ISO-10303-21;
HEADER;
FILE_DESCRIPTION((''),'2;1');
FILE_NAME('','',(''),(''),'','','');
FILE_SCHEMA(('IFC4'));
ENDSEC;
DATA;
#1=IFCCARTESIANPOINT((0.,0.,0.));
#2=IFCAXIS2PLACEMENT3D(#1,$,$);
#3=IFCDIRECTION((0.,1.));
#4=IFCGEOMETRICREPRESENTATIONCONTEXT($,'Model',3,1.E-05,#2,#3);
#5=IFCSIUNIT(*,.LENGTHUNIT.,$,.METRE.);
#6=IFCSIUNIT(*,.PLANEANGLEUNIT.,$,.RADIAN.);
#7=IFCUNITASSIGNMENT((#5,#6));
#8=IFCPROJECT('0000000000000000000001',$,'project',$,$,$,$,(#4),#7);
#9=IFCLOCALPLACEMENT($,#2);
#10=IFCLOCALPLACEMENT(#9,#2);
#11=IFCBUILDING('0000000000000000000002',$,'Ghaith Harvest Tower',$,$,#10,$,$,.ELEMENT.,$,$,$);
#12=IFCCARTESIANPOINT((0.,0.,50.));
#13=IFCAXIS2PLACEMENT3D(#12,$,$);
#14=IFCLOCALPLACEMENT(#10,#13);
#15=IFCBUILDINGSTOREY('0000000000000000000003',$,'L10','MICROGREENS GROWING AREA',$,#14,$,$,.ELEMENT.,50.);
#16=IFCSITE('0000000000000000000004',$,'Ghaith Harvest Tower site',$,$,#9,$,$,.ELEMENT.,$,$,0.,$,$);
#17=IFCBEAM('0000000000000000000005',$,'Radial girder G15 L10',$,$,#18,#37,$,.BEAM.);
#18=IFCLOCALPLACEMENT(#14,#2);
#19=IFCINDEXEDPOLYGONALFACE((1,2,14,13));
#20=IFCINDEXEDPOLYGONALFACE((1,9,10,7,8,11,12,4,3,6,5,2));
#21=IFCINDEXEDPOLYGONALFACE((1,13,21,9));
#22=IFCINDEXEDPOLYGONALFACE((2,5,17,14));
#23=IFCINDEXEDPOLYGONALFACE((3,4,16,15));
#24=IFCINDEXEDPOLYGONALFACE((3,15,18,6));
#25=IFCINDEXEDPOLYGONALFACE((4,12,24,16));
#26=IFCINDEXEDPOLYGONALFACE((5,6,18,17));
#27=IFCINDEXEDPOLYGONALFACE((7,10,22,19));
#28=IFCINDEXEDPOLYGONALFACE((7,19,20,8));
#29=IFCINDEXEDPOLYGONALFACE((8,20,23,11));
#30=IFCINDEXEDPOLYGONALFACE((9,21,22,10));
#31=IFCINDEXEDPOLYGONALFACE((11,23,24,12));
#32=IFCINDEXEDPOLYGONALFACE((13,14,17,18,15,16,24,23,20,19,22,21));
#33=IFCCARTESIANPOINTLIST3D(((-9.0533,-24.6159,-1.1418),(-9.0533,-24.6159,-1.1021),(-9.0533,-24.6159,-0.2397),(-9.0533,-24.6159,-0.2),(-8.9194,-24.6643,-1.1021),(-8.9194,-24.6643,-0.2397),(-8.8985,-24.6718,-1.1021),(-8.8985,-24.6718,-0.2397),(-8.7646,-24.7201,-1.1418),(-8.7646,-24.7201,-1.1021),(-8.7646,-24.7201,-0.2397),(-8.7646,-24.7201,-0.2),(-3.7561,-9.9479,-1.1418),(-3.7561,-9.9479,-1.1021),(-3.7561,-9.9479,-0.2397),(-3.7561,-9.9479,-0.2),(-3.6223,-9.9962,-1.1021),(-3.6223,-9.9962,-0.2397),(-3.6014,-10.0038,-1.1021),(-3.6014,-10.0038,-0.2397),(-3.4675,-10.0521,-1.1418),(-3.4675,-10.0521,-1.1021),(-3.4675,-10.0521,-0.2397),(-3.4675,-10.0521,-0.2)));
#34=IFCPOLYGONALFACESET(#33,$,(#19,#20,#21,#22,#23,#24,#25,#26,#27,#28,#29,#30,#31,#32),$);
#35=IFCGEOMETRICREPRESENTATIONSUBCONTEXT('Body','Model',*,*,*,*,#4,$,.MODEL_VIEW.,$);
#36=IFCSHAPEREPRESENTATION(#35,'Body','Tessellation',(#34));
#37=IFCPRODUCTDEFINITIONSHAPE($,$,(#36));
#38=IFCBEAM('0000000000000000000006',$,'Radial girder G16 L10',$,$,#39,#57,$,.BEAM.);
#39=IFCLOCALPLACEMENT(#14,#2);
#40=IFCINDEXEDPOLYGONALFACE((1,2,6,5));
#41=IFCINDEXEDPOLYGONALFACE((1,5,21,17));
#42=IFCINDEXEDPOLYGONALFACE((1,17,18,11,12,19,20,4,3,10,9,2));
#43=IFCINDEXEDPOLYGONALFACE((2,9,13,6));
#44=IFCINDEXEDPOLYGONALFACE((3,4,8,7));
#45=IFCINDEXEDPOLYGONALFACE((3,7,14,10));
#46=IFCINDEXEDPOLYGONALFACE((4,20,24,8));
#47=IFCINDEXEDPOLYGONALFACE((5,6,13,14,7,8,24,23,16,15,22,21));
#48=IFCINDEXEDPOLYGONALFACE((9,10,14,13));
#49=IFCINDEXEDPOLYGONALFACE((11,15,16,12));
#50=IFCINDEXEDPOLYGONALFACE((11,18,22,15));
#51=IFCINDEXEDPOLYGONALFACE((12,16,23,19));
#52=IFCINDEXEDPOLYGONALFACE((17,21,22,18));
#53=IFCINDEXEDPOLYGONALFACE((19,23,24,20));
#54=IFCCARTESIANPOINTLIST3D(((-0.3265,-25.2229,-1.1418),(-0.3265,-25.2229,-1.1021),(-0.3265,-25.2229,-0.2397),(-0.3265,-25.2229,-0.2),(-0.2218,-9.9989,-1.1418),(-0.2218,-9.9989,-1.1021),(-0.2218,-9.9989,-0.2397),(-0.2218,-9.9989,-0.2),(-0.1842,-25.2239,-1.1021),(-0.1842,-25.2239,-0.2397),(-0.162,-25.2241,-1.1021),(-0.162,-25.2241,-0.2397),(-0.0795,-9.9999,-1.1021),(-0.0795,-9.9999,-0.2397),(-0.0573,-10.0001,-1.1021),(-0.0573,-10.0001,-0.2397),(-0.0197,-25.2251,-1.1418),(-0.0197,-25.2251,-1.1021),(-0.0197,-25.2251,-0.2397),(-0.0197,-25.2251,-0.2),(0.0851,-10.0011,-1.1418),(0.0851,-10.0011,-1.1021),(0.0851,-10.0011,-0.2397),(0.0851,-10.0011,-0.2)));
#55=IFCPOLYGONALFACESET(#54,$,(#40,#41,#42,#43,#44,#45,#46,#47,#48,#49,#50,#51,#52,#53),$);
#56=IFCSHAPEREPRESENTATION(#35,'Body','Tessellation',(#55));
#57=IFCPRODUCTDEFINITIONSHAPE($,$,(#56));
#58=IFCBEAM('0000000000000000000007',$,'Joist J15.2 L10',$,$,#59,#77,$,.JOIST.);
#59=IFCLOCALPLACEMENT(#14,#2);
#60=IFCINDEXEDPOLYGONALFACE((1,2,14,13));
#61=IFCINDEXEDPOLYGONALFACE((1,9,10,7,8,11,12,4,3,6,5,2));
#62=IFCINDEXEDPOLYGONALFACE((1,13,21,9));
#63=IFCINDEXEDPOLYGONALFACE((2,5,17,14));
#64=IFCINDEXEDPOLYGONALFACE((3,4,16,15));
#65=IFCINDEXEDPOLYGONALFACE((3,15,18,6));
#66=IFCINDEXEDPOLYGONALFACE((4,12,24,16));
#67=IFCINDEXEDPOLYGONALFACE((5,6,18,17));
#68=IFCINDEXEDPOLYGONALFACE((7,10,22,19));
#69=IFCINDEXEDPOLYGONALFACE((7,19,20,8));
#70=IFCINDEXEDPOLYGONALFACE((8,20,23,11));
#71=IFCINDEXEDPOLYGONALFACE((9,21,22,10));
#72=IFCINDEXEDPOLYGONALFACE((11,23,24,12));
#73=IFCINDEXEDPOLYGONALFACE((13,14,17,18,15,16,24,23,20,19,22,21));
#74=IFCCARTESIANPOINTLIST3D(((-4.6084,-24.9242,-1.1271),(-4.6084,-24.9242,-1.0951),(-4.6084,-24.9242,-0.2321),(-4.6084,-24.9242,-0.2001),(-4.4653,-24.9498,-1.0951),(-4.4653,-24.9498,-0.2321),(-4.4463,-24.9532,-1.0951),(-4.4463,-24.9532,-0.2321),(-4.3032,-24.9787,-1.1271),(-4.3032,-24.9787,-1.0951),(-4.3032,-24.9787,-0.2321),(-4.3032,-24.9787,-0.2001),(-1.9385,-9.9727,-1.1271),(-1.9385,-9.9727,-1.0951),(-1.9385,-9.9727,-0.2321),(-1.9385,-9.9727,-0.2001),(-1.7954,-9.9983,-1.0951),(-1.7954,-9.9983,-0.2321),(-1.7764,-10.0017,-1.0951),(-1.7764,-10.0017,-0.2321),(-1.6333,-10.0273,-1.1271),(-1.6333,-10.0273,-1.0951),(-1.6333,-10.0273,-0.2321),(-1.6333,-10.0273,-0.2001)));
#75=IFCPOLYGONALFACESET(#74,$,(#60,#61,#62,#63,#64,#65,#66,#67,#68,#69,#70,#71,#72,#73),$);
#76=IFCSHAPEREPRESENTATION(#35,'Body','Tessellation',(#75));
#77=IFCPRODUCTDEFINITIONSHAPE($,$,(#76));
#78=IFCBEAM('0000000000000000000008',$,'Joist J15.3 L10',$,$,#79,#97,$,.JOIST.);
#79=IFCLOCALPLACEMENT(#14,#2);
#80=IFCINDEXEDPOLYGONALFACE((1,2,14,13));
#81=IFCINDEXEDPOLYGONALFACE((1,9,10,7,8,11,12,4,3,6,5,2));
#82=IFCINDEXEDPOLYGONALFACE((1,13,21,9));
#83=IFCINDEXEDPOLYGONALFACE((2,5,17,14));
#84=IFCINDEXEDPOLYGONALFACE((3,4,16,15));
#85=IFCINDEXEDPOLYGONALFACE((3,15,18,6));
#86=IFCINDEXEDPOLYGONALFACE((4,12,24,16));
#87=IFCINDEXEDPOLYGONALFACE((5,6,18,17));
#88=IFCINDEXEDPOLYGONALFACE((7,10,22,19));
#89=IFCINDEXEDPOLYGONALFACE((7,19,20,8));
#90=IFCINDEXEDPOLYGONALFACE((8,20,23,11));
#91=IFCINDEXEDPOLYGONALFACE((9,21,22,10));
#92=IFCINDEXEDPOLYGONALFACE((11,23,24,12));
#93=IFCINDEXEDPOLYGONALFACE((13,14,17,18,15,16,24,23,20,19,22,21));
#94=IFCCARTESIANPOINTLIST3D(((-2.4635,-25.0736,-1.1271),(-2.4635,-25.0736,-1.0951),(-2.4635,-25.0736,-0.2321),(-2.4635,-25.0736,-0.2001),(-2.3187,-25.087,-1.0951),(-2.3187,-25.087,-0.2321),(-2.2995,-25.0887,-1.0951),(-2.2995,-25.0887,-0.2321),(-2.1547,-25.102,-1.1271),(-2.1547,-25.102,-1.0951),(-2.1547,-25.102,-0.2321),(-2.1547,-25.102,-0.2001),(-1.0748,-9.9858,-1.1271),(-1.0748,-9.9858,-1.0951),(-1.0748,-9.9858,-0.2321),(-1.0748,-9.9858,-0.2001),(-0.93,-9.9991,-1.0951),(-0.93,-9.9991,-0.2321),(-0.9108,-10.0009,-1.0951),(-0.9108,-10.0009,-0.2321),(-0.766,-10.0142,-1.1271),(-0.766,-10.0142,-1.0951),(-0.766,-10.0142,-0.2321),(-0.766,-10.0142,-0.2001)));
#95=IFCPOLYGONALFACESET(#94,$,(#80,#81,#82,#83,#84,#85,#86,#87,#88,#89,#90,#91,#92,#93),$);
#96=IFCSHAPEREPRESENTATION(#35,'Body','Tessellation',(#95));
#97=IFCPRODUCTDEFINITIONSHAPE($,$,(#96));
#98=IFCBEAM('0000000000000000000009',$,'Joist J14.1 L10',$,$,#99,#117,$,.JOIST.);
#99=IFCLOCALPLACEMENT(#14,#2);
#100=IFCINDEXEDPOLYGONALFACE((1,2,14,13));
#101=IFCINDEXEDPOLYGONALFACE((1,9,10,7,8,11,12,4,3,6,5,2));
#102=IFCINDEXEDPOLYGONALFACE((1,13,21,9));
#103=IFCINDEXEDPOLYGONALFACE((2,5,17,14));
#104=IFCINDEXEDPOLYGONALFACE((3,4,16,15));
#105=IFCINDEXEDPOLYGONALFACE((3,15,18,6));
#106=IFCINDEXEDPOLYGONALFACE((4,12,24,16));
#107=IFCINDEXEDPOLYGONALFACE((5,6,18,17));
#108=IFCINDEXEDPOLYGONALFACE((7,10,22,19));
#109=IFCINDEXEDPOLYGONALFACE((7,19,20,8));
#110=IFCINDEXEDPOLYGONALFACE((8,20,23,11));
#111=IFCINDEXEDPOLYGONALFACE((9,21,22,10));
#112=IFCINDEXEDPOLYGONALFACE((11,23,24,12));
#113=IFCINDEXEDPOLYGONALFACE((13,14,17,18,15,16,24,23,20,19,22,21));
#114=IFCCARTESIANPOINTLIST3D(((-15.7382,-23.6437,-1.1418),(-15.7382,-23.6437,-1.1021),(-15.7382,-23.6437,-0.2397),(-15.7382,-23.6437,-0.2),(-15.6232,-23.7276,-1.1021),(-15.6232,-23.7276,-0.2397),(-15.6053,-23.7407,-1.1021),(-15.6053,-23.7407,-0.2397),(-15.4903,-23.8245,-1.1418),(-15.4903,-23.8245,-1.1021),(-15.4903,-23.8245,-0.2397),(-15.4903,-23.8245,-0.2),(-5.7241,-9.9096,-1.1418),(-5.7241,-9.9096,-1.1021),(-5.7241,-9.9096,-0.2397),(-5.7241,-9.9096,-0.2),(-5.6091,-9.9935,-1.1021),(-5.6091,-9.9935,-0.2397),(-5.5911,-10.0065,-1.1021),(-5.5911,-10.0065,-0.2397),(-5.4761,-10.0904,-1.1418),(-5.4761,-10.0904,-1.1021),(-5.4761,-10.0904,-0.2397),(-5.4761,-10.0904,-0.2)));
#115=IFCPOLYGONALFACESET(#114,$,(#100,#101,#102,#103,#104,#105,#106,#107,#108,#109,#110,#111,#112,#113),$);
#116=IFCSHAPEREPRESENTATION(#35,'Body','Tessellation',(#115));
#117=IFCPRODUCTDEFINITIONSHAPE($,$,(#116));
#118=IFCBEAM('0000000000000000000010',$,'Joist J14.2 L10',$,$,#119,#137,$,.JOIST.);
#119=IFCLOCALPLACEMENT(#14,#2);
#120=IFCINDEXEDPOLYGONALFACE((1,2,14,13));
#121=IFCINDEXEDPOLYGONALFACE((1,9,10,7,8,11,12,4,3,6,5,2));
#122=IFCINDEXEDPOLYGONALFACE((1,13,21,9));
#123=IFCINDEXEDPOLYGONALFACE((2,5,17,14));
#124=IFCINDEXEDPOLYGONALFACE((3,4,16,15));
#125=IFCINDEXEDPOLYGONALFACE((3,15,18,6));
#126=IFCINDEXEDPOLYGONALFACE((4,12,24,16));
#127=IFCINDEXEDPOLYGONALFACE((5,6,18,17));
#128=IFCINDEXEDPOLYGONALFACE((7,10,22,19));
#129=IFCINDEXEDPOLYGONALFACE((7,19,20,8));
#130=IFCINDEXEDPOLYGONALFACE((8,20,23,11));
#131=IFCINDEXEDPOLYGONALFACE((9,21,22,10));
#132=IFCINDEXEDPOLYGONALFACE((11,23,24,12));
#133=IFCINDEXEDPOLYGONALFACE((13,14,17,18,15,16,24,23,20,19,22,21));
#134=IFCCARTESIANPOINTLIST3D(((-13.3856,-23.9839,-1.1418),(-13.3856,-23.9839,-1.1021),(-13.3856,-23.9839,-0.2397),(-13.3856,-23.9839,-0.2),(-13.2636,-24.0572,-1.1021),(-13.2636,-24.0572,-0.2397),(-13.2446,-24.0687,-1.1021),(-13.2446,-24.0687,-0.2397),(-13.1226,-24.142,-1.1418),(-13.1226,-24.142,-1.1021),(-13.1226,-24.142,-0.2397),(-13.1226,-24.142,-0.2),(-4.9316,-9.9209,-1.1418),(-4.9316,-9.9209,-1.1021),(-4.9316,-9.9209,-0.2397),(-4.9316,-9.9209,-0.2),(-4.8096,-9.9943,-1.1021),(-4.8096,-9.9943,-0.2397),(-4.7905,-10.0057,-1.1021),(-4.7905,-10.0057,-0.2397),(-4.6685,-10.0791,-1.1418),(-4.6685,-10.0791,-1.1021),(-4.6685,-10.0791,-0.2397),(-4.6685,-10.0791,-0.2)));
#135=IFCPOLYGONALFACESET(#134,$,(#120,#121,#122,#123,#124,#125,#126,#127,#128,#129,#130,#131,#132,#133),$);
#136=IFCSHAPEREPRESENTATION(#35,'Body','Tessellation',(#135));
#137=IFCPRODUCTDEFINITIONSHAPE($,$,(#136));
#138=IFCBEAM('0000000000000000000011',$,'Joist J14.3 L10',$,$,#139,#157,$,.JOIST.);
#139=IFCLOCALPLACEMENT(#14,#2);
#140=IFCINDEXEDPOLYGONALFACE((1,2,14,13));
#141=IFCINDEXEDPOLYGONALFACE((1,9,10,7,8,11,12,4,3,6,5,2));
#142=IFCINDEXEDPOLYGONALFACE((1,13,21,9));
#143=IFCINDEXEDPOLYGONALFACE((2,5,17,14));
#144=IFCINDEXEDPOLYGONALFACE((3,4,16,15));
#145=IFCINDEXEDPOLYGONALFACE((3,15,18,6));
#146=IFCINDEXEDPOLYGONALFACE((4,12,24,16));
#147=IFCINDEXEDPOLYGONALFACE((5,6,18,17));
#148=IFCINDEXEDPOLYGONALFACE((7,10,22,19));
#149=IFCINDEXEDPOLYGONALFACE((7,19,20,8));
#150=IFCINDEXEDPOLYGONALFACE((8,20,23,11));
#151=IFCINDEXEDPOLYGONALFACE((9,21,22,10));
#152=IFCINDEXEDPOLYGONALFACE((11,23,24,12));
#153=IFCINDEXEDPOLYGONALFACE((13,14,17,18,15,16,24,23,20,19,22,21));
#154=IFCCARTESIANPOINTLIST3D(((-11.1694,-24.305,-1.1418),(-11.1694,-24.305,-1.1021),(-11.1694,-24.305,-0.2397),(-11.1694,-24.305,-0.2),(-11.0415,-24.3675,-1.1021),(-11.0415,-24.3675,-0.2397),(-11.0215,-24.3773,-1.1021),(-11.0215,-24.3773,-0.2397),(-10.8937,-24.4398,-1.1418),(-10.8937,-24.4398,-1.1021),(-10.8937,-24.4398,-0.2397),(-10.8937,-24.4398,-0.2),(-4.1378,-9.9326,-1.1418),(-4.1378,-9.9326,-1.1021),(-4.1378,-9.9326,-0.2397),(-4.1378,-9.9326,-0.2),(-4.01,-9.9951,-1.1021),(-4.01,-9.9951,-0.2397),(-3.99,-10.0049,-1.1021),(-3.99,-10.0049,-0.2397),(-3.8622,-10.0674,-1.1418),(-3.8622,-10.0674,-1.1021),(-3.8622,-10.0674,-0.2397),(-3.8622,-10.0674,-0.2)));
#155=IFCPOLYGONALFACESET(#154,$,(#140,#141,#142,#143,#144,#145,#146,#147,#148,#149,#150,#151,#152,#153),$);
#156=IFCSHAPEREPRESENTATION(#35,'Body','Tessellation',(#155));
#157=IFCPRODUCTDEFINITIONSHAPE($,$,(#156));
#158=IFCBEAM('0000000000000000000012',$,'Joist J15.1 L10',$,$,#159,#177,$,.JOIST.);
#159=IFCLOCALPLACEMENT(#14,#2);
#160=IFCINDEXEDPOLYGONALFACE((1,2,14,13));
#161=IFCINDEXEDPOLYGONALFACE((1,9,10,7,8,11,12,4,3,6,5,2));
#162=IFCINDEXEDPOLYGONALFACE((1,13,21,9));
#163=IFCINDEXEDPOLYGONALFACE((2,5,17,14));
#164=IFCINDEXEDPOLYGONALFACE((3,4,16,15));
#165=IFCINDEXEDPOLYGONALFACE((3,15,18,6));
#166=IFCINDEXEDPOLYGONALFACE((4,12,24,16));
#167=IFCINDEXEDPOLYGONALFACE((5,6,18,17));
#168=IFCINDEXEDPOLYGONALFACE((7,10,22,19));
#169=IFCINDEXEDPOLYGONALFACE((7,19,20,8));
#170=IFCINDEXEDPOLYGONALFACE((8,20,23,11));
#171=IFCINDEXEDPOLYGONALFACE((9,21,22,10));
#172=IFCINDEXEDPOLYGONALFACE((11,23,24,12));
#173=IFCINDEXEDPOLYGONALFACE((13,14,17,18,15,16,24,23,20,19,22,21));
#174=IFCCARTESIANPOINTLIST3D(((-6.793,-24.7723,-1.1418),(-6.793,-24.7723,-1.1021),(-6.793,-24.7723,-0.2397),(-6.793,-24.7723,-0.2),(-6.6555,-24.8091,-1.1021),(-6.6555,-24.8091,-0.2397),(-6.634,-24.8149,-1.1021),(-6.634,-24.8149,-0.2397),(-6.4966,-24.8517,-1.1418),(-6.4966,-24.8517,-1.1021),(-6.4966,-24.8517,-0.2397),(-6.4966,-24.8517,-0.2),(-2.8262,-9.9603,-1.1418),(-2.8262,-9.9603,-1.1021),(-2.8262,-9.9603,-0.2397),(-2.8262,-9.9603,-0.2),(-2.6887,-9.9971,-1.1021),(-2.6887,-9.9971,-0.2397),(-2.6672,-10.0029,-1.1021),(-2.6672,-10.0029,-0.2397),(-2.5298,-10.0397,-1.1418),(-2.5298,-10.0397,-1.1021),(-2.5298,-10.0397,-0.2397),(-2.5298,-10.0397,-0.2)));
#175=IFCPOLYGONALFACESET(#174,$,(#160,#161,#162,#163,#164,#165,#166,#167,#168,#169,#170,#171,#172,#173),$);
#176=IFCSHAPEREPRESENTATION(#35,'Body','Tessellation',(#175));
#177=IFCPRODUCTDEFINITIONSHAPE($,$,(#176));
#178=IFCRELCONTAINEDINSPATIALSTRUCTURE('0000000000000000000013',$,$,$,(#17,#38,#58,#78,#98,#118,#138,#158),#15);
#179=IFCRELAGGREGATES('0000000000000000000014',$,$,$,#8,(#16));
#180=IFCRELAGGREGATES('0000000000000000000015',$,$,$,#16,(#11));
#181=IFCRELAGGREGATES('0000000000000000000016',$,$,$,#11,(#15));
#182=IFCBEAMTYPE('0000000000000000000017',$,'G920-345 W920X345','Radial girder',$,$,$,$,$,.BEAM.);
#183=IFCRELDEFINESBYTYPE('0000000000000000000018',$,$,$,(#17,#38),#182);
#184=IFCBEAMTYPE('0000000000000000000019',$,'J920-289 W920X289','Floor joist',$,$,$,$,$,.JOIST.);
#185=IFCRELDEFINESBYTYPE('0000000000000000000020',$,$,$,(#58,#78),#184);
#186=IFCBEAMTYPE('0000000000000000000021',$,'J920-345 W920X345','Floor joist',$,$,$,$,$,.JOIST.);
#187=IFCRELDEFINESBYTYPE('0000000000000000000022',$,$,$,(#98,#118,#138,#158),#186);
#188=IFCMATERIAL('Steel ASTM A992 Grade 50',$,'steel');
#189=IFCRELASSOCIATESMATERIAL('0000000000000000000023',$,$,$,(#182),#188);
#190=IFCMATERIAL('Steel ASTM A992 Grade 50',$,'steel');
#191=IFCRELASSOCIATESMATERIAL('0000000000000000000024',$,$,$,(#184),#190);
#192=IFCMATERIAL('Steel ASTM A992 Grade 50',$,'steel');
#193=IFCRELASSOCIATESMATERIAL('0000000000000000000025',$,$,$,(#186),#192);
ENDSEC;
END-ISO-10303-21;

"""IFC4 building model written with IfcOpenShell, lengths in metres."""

from ifc_helpers import new_model, si_unit, direction, frame, origin, origin_2d, place, context, subcontext, project, spatial, i_section, extrude, material, material_profile, profile_set, type_object, element, save


model = new_model("IFC4")

# Units and contexts
model_context = context("Model", 3, precision=1e-05, world=origin(), true_north=direction((0.0, 1.0)))
body_context = subcontext(model_context, "Body", "Model", "MODEL_VIEW")
ifc_project = project(units=[si_unit("LENGTHUNIT", "METRE"), si_unit("PLANEANGLEUNIT", "RADIAN")], contexts=[model_context])

# Site, building, storey
site_placement = place(None, origin())
site = spatial("IfcSite", under=ifc_project, at=site_placement, Name="Ghaith Harvest Tower site", CompositionType="ELEMENT", RefElevation=0.0)
building_placement = place(site_placement, origin())
building = spatial("IfcBuilding", under=site, at=building_placement, Name="Ghaith Harvest Tower", CompositionType="ELEMENT")
storey_placement = place(building_placement, frame((0.0, 0.0, 50.0)))
storey = spatial("IfcBuildingStorey", under=building, at=storey_placement, Name="L10", Description="MICROGREENS GROWING AREA", CompositionType="ELEMENT", Elevation=50.0)

# Beams
ifc_material_1 = material(Name="Steel ASTM A992 Grade 50", Category="steel")
ifc_material_profile_1 = material_profile(ifc_material_1, i_section(OverallWidth=0.3069, OverallDepth=0.9419, WebThickness=0.0222, FlangeThickness=0.0398, at=origin_2d()), Name="W920X345")
ifc_profile_set_1 = profile_set([ifc_material_profile_1], Name="Steel ASTM A992 Grade 50")
beam_type_1 = type_object("IfcBeamType", Name="G920-345 W920X345", Description="Radial girder", PredefinedType="BEAM", material=ifc_profile_set_1)
beam_1_placement = place(storey_placement, frame((-3.6118, -10.0, -0.6709), z_axis=(-0.339664, -0.940547, 0.0), x_axis=(0.940547, -0.339664, 0.0)))
element("IfcBeam", 1, at=beam_1_placement, inside=storey, type_object=beam_type_1, Name="Radial girder G15 L10", PredefinedType="BEAM", context=body_context, shape_type="SweptSolid", body=[
    extrude(i_section(OverallWidth=0.3069, OverallDepth=0.9419, WebThickness=0.0222, FlangeThickness=0.0398, at=origin_2d()), origin(), (0.0, 0.0, 1.0), 15.5952),
])
beam_2_placement = place(storey_placement, frame((-0.0684, -10.0, -0.6709), z_axis=(-0.006879, -0.999976, 0.0), x_axis=(0.999976, -0.006879, 0.0)))
element("IfcBeam", 2, at=beam_2_placement, inside=storey, type_object=beam_type_1, Name="Radial girder G16 L10", PredefinedType="BEAM", context=body_context, shape_type="SweptSolid", body=[
    extrude(i_section(OverallWidth=0.3069, OverallDepth=0.9419, WebThickness=0.0222, FlangeThickness=0.0398, at=origin_2d()), origin(), (0.0, 0.0, 1.0), 15.2244),
])
ifc_material_2 = material(Name="Steel ASTM A992 Grade 50", Category="steel")
ifc_material_profile_2 = material_profile(ifc_material_2, i_section(OverallWidth=0.3101, OverallDepth=0.927, WebThickness=0.0193, FlangeThickness=0.032, at=origin_2d()), Name="W920X289")
ifc_profile_set_2 = profile_set([ifc_material_profile_2], Name="Steel ASTM A992 Grade 50")
beam_type_2 = type_object("IfcBeamType", Name="J920-289 W920X289", Description="Floor joist", PredefinedType="JOIST", material=ifc_profile_set_2)
beam_3_placement = place(storey_placement, frame((-1.7859, -10.0, -0.6636), z_axis=(-0.175792, -0.984427, 0.0), x_axis=(0.984427, -0.175792, 0.0)))
element("IfcBeam", 3, at=beam_3_placement, inside=storey, type_object=beam_type_2, Name="Joist J15.2 L10", PredefinedType="JOIST", context=body_context, shape_type="SweptSolid", body=[
    extrude(i_section(OverallWidth=0.3101, OverallDepth=0.927, WebThickness=0.0193, FlangeThickness=0.032, at=origin_2d()), origin(), (0.0, 0.0, 1.0), 15.188),
])
beam_4_placement = place(storey_placement, frame((-0.9204, -10.0, -0.6636), z_axis=(-0.091651, -0.995791, 0.0), x_axis=(0.995791, -0.091651, 0.0)))
element("IfcBeam", 4, at=beam_4_placement, inside=storey, type_object=beam_type_2, Name="Joist J15.3 L10", PredefinedType="JOIST", context=body_context, shape_type="SweptSolid", body=[
    extrude(i_section(OverallWidth=0.3101, OverallDepth=0.927, WebThickness=0.0193, FlangeThickness=0.032, at=origin_2d()), origin(), (0.0, 0.0, 1.0), 15.1516),
])
ifc_material_3 = material(Name="Steel ASTM A992 Grade 50", Category="steel")
ifc_material_profile_3 = material_profile(ifc_material_3, i_section(OverallWidth=0.3069, OverallDepth=0.9419, WebThickness=0.0222, FlangeThickness=0.0398, at=origin_2d()), Name="W920X345")
ifc_profile_set_3 = profile_set([ifc_material_profile_3], Name="Steel ASTM A992 Grade 50")
beam_type_3 = type_object("IfcBeamType", Name="J920-345 W920X345", Description="Floor joist", PredefinedType="JOIST", material=ifc_profile_set_3)
beam_5_placement = place(storey_placement, frame((-5.6001, -10.0, -0.6709), z_axis=(-0.58916, -0.808016, 0.0), x_axis=(0.808016, -0.58916, 0.0)))
element("IfcBeam", 5, at=beam_5_placement, inside=storey, type_object=beam_type_3, Name="Joist J14.1 L10", PredefinedType="JOIST", context=body_context, shape_type="SweptSolid", body=[
    extrude(i_section(OverallWidth=0.3069, OverallDepth=0.9419, WebThickness=0.0222, FlangeThickness=0.0398, at=origin_2d()), origin(), (0.0, 0.0, 1.0), 16.9973),
])
beam_6_placement = place(storey_placement, frame((-4.8, -10.0, -0.6709), z_axis=(-0.515226, -0.857054, 0.0), x_axis=(0.857054, -0.515226, 0.0)))
element("IfcBeam", 6, at=beam_6_placement, inside=storey, type_object=beam_type_3, Name="Joist J14.2 L10", PredefinedType="JOIST", context=body_context, shape_type="SweptSolid", body=[
    extrude(i_section(OverallWidth=0.3069, OverallDepth=0.9419, WebThickness=0.0222, FlangeThickness=0.0398, at=origin_2d()), origin(), (0.0, 0.0, 1.0), 16.4084),
])
beam_7_placement = place(storey_placement, frame((-4.0, -10.0, -0.6709), z_axis=(-0.439464, -0.89826, 0.0), x_axis=(0.89826, -0.439464, 0.0)))
element("IfcBeam", 7, at=beam_7_placement, inside=storey, type_object=beam_type_3, Name="Joist J14.3 L10", PredefinedType="JOIST", context=body_context, shape_type="SweptSolid", body=[
    extrude(i_section(OverallWidth=0.3069, OverallDepth=0.9419, WebThickness=0.0222, FlangeThickness=0.0398, at=origin_2d()), origin(), (0.0, 0.0, 1.0), 16.0002),
])
beam_8_placement = place(storey_placement, frame((-2.678, -10.0, -0.6709), z_axis=(-0.258693, -0.96596, 0.0), x_axis=(0.96596, -0.258693, 0.0)))
element("IfcBeam", 8, at=beam_8_placement, inside=storey, type_object=beam_type_3, Name="Joist J15.1 L10", PredefinedType="JOIST", context=body_context, shape_type="SweptSolid", body=[
    extrude(i_section(OverallWidth=0.3069, OverallDepth=0.9419, WebThickness=0.0222, FlangeThickness=0.0398, at=origin_2d()), origin(), (0.0, 0.0, 1.0), 15.334),
])

save(model, "model.ifc")
